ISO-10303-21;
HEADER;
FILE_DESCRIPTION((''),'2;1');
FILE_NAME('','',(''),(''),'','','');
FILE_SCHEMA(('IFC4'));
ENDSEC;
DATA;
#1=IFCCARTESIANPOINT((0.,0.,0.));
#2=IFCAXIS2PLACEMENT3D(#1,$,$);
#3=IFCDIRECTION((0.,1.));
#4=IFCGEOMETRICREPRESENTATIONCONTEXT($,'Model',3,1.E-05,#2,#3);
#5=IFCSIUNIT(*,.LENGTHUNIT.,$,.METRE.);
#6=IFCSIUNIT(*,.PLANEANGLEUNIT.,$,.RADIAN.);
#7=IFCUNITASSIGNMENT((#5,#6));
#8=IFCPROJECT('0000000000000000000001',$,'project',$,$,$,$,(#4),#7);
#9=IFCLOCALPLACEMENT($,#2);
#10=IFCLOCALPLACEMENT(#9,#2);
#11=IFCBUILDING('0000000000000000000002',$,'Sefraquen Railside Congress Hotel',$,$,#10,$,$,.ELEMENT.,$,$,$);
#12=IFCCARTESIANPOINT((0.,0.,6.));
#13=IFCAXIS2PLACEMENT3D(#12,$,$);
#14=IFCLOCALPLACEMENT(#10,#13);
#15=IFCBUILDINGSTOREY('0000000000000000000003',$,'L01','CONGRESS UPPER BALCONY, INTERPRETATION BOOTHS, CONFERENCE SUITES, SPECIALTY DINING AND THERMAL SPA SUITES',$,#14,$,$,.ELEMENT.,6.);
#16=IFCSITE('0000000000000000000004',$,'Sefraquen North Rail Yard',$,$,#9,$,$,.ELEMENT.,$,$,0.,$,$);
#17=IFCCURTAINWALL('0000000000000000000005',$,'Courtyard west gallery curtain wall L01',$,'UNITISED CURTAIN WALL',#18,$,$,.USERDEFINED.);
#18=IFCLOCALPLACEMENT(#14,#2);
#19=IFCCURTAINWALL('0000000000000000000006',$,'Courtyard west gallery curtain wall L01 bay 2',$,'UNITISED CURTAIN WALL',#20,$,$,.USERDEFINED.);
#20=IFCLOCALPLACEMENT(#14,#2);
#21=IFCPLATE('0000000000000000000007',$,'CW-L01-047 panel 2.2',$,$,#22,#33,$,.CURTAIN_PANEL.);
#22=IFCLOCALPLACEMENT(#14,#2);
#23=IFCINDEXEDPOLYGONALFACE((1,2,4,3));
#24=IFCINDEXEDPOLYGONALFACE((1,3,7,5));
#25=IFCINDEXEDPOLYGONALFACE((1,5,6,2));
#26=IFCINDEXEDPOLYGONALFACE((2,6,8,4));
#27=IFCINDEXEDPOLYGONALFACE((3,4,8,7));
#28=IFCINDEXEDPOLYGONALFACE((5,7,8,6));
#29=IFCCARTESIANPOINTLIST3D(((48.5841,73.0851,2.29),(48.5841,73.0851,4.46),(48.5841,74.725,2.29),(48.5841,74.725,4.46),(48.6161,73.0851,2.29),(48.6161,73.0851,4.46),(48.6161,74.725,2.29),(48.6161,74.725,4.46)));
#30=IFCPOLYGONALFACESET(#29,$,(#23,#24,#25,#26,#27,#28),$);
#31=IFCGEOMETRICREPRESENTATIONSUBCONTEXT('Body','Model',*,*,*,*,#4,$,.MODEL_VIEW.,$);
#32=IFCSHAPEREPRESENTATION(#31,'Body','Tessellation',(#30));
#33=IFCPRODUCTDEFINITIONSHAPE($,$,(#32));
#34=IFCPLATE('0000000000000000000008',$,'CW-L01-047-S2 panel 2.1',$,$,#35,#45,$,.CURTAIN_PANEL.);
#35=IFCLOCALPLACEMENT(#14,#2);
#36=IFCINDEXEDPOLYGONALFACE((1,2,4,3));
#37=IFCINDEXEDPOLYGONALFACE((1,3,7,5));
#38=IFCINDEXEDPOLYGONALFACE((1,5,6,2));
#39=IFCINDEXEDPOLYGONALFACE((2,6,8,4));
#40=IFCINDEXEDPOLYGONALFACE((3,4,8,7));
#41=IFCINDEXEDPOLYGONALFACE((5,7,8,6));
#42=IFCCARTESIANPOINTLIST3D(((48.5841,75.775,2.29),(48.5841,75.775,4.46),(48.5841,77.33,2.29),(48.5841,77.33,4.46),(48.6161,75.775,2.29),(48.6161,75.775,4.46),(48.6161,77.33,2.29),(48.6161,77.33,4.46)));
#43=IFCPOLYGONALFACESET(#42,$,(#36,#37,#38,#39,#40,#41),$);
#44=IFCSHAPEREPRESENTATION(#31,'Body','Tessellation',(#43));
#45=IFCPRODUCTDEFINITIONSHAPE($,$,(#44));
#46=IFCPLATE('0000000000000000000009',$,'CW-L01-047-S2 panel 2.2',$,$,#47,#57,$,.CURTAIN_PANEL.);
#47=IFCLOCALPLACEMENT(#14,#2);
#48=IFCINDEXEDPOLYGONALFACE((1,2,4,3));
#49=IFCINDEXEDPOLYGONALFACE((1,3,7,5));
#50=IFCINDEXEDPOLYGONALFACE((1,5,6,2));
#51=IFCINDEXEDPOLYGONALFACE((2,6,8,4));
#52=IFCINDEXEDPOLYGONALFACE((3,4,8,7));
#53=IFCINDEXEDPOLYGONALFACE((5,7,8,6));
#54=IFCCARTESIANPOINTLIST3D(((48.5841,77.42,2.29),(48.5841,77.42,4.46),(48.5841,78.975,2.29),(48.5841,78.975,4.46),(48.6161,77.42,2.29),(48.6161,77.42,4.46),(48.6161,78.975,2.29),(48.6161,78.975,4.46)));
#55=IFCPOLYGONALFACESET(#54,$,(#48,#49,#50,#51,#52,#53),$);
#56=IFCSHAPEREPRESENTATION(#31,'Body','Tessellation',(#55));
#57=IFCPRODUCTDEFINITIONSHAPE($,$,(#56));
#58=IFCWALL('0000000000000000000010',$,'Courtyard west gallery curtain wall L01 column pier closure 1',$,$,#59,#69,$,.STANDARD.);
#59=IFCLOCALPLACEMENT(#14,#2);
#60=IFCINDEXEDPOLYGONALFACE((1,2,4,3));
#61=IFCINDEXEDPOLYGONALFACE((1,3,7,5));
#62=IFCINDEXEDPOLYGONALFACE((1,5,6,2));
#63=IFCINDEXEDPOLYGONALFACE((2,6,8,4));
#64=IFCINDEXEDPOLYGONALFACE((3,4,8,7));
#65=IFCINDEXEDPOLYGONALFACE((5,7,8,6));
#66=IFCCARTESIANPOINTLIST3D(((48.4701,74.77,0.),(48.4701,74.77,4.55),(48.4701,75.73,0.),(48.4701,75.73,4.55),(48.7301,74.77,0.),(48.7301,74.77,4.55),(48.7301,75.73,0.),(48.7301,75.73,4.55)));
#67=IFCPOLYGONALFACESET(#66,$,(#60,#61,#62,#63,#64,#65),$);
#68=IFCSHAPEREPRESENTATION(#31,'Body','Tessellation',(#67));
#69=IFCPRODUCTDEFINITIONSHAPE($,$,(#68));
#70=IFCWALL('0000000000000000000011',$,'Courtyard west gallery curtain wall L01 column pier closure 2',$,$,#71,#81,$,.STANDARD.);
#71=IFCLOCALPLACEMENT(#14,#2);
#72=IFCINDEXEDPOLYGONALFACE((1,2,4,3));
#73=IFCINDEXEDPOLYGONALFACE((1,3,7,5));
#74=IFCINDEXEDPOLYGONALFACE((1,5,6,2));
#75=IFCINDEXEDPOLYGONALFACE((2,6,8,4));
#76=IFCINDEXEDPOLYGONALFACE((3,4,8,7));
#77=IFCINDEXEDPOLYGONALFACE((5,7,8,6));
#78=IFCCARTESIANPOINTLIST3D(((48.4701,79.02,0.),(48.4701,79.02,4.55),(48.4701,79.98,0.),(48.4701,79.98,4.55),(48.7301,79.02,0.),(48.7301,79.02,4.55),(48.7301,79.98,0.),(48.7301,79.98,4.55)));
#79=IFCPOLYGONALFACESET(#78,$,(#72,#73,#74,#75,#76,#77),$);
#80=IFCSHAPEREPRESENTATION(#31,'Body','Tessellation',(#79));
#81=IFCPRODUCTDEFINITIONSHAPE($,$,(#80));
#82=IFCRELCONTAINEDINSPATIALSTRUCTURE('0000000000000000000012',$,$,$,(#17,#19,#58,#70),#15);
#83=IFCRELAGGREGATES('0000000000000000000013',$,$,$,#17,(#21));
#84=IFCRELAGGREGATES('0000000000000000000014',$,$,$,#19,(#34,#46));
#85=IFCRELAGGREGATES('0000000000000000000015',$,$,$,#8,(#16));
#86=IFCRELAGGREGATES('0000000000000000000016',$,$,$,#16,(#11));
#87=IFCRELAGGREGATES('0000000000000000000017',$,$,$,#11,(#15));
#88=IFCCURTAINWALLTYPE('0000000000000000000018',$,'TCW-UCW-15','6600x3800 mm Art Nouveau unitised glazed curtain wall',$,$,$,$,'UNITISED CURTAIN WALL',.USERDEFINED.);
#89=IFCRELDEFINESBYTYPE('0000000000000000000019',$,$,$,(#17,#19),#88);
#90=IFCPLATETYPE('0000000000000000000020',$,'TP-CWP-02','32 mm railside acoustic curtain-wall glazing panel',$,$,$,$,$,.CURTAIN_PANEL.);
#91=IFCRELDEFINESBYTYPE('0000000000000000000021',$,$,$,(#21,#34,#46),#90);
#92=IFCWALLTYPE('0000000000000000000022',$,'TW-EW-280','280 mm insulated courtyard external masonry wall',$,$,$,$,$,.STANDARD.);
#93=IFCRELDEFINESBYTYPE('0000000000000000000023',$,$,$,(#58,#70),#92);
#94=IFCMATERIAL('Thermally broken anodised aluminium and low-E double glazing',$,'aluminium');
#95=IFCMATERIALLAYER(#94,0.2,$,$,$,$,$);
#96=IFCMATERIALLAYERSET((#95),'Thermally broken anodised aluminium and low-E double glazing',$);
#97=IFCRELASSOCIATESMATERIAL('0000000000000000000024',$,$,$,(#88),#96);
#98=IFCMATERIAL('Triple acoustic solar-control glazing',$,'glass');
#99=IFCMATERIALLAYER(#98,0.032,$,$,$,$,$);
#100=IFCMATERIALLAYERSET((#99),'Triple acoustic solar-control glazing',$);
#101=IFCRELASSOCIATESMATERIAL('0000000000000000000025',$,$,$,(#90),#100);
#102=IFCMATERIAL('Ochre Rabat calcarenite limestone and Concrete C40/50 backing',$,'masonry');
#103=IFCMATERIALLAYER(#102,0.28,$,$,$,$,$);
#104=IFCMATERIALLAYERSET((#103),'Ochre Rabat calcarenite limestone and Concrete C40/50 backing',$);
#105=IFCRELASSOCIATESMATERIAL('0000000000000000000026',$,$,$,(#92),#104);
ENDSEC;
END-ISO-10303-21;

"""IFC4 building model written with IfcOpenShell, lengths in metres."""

from ifc_helpers import new_model, si_unit, direction, frame, frame_2d, origin, origin_2d, place, context, subcontext, project, spatial, rectangle, extrude, material, layer, layer_set, type_object, element, aggregate, save


model = new_model("IFC4")

# Units and contexts
model_context = context("Model", 3, precision=1e-05, world=origin(), true_north=direction((0.0, 1.0)))
body_context = subcontext(model_context, "Body", "Model", "MODEL_VIEW")
ifc_project = project(units=[si_unit("LENGTHUNIT", "METRE"), si_unit("PLANEANGLEUNIT", "RADIAN")], contexts=[model_context])

# Site, building, storey
site_placement = place(None, origin())
site = spatial("IfcSite", under=ifc_project, at=site_placement, Name="Sefraquen North Rail Yard", CompositionType="ELEMENT", RefElevation=0.0)
building_placement = place(site_placement, origin())
building = spatial("IfcBuilding", under=site, at=building_placement, Name="Sefraquen Railside Congress Hotel", CompositionType="ELEMENT")
storey_placement = place(building_placement, frame((0.0, 0.0, 6.0)))
storey = spatial("IfcBuildingStorey", under=building, at=storey_placement, Name="L01", Description="CONGRESS UPPER BALCONY, INTERPRETATION BOOTHS, CONFERENCE SUITES, SPECIALTY DINING AND THERMAL SPA SUITES", CompositionType="ELEMENT", Elevation=6.0)

# Curtain walls
ifc_material_1 = material(Name="Thermally broken anodised aluminium and low-E double glazing", Category="aluminium")
ifc_layer_1 = layer(ifc_material_1, 0.2)
ifc_layer_set_1 = layer_set([ifc_layer_1], Name="Thermally broken anodised aluminium and low-E double glazing")
curtain_wall_type = type_object("IfcCurtainWallType", Name="TCW-UCW-15", Description="6600x3800 mm Art Nouveau unitised glazed curtain wall", ElementType="UNITISED CURTAIN WALL", PredefinedType="USERDEFINED", material=ifc_layer_set_1)
curtain_wall_1_placement = place(storey_placement, origin())
curtain_wall_1 = element("IfcCurtainWall", 1, at=curtain_wall_1_placement, inside=storey, type_object=curtain_wall_type, Name="Courtyard west gallery curtain wall L01", ObjectType="UNITISED CURTAIN WALL", PredefinedType="USERDEFINED")
curtain_wall_2_placement = place(storey_placement, origin())
curtain_wall_2 = element("IfcCurtainWall", 2, at=curtain_wall_2_placement, inside=storey, type_object=curtain_wall_type, Name="Courtyard west gallery curtain wall L01 bay 2", ObjectType="UNITISED CURTAIN WALL", PredefinedType="USERDEFINED")

# Plates
ifc_material_2 = material(Name="Triple acoustic solar-control glazing", Category="glass")
ifc_layer_2 = layer(ifc_material_2, 0.032)
ifc_layer_set_2 = layer_set([ifc_layer_2], Name="Triple acoustic solar-control glazing")
plate_type_1 = type_object("IfcPlateType", Name="TP-CWP-02", Description="32 mm railside acoustic curtain-wall glazing panel", PredefinedType="CURTAIN_PANEL", material=ifc_layer_set_2)
plate_1_placement = place(storey_placement, frame((48.6001, 73.905, 2.29), z_axis=(0.0, 0.0, 1.0), x_axis=(0.0, 1.0, 0.0)))
plate_1 = element("IfcPlate", 3, at=plate_1_placement, type_object=plate_type_1, Name="CW-L01-047 panel 2.2", PredefinedType="CURTAIN_PANEL", context=body_context, shape_type="SweptSolid", body=[
    extrude(rectangle(XDim=1.6399, YDim=0.032, at=origin_2d()), origin(), (0.0, 0.0, 1.0), 2.1699),
])
aggregate(curtain_wall_1, [plate_1])
plate_2_placement = place(storey_placement, frame((48.6001, 76.5525, 2.29), z_axis=(0.0, 0.0, 1.0), x_axis=(0.0, 1.0, 0.0)))
plate_2 = element("IfcPlate", 4, at=plate_2_placement, type_object=plate_type_1, Name="CW-L01-047-S2 panel 2.1", PredefinedType="CURTAIN_PANEL", context=body_context, shape_type="SweptSolid", body=[
    extrude(rectangle(XDim=1.5549, YDim=0.032, at=origin_2d()), origin(), (0.0, 0.0, 1.0), 2.1699),
])
plate_3_placement = place(storey_placement, frame((48.6001, 78.1975, 2.29), z_axis=(0.0, 0.0, 1.0), x_axis=(0.0, 1.0, 0.0)))
plate_3 = element("IfcPlate", 5, at=plate_3_placement, type_object=plate_type_1, Name="CW-L01-047-S2 panel 2.2", PredefinedType="CURTAIN_PANEL", context=body_context, shape_type="SweptSolid", body=[
    extrude(rectangle(XDim=1.5549, YDim=0.032, at=origin_2d()), origin(), (0.0, 0.0, 1.0), 2.1699),
])
aggregate(curtain_wall_2, [plate_2, plate_3])

# Walls
ifc_material_3 = material(Name="Ochre Rabat calcarenite limestone and Concrete C40/50 backing", Category="masonry")
ifc_layer_3 = layer(ifc_material_3, 0.28)
ifc_layer_set_3 = layer_set([ifc_layer_3], Name="Ochre Rabat calcarenite limestone and Concrete C40/50 backing")
wall_type = type_object("IfcWallType", Name="TW-EW-280", Description="280 mm insulated courtyard external masonry wall", PredefinedType="STANDARD", material=ifc_layer_set_3)
for number, where, z_axis, x_axis, name in (
    (6, (48.6001, 74.77, 0.0), (0.0, 0.0, 1.0), (0.0, 1.0, 0.0), "Courtyard west gallery curtain wall L01 column pier closure 1"),
    (7, (48.6001, 79.02, 0.0), (0.0, 0.0, 1.0), (0.0, 1.0, 0.0), "Courtyard west gallery curtain wall L01 column pier closure 2"),
):
    element("IfcWall", number, at=place(storey_placement, frame(where, z_axis=z_axis, x_axis=x_axis)), inside=storey, type_object=wall_type, Name=name, PredefinedType="STANDARD", context=body_context, shape_type="SweptSolid", body=[
        extrude(rectangle(XDim=0.96, YDim=0.26, at=frame_2d((0.48, 0.0))), origin(), (0.0, 0.0, 1.0), 4.55),
    ])

save(model, "model.ifc")
